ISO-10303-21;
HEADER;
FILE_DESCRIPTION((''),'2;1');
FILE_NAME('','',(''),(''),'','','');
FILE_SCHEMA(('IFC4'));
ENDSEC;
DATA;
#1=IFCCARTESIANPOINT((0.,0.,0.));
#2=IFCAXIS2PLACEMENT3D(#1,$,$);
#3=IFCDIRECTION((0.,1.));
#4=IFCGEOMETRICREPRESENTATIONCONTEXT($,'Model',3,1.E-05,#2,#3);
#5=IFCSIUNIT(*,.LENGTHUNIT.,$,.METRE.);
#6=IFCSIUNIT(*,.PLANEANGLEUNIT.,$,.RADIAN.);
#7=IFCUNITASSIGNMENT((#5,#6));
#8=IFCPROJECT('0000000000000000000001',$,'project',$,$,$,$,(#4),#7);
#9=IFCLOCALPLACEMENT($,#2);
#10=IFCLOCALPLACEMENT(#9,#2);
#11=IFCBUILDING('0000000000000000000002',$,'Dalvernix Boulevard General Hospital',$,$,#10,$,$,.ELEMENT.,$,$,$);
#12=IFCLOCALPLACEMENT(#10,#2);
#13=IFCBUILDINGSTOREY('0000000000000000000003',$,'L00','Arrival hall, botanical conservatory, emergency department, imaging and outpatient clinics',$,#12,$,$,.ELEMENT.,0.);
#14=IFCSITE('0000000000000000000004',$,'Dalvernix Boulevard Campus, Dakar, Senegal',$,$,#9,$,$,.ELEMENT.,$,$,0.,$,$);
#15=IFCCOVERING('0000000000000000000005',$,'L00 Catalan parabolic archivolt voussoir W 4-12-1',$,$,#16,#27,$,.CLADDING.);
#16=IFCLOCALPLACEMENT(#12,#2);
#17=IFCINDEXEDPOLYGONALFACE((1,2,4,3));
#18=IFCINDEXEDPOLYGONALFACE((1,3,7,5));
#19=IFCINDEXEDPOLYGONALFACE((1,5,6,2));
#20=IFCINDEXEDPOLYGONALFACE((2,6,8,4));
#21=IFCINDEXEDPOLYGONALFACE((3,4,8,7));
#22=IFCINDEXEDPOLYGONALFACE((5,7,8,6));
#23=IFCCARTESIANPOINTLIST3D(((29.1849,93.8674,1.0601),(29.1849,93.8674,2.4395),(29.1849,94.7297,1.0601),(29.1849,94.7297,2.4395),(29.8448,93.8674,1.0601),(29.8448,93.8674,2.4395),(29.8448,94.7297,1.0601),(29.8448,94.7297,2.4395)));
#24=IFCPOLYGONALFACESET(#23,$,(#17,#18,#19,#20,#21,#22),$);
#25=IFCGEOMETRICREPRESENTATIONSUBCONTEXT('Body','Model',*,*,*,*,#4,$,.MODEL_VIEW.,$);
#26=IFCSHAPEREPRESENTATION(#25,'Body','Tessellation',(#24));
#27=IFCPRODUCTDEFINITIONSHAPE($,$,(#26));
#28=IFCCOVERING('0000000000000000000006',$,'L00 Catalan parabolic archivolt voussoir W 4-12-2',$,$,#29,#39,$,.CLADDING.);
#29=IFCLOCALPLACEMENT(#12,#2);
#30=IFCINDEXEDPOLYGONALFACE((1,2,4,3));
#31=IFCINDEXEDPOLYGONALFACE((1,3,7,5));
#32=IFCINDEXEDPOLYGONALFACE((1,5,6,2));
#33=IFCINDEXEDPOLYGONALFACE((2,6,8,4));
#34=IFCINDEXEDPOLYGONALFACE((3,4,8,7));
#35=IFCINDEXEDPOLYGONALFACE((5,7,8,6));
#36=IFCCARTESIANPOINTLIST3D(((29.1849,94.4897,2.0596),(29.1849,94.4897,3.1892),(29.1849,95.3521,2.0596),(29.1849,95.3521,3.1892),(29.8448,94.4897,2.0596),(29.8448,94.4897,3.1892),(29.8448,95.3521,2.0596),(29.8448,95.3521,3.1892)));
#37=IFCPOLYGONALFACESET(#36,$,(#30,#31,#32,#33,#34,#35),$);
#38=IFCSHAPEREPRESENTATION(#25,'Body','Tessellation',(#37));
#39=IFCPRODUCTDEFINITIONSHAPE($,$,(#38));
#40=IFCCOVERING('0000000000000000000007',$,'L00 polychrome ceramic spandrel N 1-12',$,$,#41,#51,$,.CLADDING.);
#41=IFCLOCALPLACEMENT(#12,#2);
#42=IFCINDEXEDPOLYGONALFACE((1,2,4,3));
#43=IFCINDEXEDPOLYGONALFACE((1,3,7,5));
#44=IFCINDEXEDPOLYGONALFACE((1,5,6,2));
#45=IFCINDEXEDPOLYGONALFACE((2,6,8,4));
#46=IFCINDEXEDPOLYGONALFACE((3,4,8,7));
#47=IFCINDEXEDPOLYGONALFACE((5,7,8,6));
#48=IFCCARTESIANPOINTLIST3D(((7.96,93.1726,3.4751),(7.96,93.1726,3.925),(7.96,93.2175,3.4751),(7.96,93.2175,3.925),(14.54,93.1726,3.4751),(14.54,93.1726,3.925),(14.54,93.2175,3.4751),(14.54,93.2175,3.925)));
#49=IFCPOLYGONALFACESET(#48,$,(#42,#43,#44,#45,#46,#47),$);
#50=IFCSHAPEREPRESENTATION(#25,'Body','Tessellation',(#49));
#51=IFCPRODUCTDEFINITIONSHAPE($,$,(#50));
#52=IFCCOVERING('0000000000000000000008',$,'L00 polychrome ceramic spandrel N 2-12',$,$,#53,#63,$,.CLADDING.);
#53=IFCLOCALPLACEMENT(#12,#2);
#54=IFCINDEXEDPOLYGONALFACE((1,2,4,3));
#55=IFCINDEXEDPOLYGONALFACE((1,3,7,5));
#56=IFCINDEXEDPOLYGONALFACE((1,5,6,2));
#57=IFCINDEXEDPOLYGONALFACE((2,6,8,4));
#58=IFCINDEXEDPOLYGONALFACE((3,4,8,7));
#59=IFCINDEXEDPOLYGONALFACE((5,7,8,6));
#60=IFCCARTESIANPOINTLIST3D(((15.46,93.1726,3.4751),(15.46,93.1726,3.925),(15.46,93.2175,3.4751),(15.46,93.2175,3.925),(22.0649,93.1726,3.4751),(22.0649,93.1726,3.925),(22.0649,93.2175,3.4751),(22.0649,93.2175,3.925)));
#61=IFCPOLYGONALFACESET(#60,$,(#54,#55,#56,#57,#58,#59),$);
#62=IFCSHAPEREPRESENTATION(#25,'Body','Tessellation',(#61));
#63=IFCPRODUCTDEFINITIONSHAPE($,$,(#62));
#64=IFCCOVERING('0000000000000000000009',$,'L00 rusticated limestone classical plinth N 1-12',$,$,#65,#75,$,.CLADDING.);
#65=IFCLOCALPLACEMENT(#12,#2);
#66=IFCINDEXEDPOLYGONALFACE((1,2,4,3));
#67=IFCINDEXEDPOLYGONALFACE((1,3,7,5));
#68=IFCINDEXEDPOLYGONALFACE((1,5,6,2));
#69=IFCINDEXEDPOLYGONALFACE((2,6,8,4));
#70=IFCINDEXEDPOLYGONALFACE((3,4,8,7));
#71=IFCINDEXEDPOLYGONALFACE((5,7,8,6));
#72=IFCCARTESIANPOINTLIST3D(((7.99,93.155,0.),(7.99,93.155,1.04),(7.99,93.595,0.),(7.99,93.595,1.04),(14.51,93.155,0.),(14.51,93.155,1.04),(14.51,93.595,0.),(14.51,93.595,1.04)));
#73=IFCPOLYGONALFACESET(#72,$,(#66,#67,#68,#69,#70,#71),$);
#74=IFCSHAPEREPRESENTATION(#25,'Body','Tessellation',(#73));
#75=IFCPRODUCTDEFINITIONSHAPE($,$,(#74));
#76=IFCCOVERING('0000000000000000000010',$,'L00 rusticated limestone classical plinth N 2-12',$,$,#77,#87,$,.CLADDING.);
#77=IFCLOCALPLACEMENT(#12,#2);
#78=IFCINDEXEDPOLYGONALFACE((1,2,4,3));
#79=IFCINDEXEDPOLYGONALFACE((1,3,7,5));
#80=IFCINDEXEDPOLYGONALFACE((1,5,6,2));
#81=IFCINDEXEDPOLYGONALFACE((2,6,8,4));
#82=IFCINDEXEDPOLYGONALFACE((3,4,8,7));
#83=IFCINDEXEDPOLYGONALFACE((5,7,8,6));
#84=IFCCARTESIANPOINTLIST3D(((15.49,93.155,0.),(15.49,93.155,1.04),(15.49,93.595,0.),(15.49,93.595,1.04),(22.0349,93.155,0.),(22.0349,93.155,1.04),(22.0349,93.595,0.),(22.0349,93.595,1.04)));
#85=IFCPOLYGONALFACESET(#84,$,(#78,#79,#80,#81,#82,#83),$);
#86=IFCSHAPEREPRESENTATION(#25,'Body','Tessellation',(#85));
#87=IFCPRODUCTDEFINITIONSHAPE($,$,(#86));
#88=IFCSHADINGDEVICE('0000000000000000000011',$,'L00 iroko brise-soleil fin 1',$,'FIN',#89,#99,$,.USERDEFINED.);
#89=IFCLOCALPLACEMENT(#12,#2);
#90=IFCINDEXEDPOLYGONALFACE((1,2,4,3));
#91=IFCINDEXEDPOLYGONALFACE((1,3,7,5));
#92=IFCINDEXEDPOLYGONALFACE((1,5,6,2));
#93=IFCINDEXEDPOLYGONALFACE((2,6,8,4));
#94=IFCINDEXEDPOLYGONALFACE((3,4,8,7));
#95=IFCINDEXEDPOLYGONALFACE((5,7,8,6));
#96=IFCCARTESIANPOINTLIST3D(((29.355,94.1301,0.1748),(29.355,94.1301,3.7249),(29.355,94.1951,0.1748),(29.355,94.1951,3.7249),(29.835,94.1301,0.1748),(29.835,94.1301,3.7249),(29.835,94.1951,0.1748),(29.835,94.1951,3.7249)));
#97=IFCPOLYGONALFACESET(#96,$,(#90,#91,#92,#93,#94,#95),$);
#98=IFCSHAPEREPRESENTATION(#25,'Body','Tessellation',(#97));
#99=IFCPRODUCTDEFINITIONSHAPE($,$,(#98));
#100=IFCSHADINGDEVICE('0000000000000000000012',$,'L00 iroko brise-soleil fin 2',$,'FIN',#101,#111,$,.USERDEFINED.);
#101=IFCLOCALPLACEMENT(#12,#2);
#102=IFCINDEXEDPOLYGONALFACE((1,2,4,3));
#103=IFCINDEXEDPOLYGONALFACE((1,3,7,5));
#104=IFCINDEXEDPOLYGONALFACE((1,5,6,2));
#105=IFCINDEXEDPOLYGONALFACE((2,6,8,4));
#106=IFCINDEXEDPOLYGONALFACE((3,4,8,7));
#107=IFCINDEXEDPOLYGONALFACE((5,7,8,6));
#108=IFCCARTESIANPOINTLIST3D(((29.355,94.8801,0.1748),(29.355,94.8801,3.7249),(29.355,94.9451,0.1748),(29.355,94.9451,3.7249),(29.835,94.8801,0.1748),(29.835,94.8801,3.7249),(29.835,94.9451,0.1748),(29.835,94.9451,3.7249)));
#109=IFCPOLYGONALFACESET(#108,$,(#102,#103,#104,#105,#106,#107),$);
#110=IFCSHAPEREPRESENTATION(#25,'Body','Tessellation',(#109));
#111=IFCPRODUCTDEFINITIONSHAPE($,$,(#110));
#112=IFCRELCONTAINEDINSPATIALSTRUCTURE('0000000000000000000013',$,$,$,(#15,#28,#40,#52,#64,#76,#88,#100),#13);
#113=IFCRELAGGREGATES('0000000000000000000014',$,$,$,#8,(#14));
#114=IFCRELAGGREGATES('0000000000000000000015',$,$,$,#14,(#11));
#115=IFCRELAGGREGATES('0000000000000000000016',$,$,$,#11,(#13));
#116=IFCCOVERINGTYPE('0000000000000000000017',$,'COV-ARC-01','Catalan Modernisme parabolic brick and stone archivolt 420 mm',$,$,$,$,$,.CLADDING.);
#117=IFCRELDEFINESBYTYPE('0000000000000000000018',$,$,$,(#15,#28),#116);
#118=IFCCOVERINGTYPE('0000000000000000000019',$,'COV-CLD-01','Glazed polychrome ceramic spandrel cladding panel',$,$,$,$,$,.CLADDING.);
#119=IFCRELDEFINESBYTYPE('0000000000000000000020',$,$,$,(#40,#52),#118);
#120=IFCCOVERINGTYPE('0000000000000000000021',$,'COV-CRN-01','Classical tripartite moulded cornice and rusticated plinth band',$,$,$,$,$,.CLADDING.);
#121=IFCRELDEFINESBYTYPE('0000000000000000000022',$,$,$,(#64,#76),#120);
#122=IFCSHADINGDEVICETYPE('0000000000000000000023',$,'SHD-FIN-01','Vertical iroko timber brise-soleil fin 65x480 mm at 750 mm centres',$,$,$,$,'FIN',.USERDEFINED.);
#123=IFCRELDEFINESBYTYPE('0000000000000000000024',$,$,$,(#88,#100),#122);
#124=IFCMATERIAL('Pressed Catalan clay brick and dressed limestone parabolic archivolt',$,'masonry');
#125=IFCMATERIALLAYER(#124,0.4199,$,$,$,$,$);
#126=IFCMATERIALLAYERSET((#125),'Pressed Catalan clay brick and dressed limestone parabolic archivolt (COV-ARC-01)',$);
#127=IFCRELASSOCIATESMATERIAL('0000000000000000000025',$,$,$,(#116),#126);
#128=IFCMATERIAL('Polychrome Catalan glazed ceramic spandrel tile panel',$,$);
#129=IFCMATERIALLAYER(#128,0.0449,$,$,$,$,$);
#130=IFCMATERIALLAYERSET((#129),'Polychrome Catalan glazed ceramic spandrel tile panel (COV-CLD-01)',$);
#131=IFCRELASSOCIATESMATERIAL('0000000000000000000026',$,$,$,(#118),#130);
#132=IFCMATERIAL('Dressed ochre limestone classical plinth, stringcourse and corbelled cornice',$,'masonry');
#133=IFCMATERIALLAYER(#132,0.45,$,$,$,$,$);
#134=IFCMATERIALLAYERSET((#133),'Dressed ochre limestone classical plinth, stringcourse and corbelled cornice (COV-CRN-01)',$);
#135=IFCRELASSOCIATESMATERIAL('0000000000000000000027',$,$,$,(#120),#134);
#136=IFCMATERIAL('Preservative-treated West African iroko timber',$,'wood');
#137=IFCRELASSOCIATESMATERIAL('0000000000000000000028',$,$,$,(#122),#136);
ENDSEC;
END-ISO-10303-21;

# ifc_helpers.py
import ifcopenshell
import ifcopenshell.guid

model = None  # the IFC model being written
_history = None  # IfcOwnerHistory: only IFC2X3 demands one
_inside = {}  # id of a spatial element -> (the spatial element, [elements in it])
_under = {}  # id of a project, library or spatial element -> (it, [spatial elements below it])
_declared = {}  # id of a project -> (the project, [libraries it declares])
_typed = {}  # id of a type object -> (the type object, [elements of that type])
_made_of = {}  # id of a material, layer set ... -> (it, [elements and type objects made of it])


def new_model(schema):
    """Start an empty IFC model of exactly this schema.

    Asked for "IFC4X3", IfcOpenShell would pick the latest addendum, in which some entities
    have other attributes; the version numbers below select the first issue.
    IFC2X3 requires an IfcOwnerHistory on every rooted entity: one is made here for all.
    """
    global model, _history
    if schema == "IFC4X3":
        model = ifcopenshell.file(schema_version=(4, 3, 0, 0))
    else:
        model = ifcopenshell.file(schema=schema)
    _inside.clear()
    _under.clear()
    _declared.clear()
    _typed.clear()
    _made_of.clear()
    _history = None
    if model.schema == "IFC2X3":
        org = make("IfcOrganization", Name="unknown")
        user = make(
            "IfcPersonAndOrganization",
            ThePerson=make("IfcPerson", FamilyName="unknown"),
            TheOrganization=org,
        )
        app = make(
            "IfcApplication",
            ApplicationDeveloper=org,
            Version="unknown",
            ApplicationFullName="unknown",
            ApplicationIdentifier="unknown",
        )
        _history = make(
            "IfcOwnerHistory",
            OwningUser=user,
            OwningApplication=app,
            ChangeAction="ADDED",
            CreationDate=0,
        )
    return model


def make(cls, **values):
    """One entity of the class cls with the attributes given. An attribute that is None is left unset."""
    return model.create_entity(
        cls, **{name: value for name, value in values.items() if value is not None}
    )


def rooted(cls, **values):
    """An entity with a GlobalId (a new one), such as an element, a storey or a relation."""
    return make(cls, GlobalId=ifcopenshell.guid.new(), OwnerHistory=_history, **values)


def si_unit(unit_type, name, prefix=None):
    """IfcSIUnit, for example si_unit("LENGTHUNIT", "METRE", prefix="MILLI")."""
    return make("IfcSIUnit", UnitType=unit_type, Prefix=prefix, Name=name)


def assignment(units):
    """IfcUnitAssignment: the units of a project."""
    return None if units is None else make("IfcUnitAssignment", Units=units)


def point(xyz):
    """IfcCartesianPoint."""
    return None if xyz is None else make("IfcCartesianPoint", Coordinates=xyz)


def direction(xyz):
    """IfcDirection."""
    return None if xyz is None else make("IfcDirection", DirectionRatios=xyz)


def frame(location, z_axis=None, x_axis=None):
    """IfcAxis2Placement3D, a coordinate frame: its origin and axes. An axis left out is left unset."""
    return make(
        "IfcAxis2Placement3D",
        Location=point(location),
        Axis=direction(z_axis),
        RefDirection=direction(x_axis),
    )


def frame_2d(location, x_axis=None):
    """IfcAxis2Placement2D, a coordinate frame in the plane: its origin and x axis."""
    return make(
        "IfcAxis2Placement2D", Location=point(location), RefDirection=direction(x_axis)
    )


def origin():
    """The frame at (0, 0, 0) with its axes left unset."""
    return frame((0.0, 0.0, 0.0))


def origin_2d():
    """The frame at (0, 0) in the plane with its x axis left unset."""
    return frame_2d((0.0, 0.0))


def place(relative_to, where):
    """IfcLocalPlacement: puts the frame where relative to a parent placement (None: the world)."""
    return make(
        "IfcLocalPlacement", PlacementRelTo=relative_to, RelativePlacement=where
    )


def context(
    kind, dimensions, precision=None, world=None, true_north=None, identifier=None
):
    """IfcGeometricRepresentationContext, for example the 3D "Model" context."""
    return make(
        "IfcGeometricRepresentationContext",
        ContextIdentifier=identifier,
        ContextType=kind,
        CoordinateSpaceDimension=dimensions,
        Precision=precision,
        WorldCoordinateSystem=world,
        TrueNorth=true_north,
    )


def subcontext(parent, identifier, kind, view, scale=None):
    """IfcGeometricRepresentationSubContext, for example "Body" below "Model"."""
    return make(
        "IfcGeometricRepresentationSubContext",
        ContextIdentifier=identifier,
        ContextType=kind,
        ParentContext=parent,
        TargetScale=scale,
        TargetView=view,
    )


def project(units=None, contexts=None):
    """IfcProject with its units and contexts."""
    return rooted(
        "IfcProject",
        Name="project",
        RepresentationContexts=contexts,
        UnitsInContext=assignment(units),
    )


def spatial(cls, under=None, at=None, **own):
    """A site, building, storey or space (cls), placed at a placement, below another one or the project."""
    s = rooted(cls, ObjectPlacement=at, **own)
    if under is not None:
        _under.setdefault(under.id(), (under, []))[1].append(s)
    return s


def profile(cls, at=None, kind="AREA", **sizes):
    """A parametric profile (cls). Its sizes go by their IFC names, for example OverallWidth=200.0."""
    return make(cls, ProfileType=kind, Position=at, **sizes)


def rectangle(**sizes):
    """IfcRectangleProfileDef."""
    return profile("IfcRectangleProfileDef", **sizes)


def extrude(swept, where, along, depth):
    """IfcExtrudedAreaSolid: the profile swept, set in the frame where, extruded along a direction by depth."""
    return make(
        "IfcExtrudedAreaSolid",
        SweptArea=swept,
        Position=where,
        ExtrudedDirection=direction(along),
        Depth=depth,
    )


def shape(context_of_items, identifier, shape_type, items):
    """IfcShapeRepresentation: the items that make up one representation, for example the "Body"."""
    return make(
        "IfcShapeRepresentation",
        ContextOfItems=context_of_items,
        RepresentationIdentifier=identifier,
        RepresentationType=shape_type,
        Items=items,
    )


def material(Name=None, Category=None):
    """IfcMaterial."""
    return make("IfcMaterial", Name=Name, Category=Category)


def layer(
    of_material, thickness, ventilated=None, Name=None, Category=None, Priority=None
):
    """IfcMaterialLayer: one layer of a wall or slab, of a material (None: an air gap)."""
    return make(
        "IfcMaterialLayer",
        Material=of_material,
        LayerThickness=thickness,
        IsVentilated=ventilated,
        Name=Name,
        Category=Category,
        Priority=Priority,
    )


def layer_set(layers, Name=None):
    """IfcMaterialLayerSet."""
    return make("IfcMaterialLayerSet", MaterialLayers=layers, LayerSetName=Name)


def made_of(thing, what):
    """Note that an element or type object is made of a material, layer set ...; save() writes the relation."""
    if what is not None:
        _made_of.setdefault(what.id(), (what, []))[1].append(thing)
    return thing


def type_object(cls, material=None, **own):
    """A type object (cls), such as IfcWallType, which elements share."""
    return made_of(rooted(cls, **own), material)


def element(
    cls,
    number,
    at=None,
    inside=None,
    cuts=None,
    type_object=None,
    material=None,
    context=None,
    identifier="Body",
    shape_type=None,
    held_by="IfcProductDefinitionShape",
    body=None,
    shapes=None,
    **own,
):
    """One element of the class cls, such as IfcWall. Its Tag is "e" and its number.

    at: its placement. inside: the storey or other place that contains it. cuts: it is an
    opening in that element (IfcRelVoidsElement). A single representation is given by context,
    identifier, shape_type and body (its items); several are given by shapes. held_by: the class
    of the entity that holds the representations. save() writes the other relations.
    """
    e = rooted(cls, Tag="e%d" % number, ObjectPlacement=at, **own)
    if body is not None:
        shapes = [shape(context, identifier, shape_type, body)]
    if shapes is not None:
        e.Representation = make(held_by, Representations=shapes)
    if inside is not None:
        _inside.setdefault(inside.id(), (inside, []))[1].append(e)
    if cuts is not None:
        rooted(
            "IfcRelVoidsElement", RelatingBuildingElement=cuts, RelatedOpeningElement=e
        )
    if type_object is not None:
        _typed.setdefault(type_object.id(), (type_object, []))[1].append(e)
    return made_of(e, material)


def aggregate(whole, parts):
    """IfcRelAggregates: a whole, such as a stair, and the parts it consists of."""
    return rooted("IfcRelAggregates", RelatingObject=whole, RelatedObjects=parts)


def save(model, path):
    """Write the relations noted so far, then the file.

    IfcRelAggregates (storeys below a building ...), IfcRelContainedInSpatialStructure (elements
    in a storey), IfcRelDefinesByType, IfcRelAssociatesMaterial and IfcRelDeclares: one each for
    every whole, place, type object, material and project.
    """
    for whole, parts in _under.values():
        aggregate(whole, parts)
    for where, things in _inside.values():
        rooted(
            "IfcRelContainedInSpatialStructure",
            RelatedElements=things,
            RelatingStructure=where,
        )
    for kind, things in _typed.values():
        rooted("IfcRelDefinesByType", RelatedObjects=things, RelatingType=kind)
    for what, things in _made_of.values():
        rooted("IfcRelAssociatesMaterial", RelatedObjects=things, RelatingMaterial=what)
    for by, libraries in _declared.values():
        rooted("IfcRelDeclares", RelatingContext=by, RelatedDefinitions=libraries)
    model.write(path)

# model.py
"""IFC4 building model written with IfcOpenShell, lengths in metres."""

from ifc_helpers import new_model, si_unit, direction, frame, origin, origin_2d, place, context, subcontext, project, spatial, rectangle, extrude, material, layer, layer_set, type_object, element, save


model = new_model("IFC4")

# Units and contexts
model_context = context("Model", 3, precision=1e-05, world=origin(), true_north=direction((0.0, 1.0)))
body_context = subcontext(model_context, "Body", "Model", "MODEL_VIEW")
ifc_project = project(units=[si_unit("LENGTHUNIT", "METRE"), si_unit("PLANEANGLEUNIT", "RADIAN")], contexts=[model_context])

# Site, building, storey
site_placement = place(None, origin())
site = spatial("IfcSite", under=ifc_project, at=site_placement, Name="Dalvernix Boulevard Campus, Dakar, Senegal", CompositionType="ELEMENT", RefElevation=0.0)
building_placement = place(site_placement, origin())
building = spatial("IfcBuilding", under=site, at=building_placement, Name="Dalvernix Boulevard General Hospital", CompositionType="ELEMENT")
storey_placement = place(building_placement, origin())
storey = spatial("IfcBuildingStorey", under=building, at=storey_placement, Name="L00", Description="Arrival hall, botanical conservatory, emergency department, imaging and outpatient clinics", CompositionType="ELEMENT", Elevation=0.0)

# Coverings
ifc_material_1 = material(Name="Pressed Catalan clay brick and dressed limestone parabolic archivolt", Category="masonry")
ifc_layer_1 = layer(ifc_material_1, 0.4199)
ifc_layer_set_1 = layer_set([ifc_layer_1], Name="Pressed Catalan clay brick and dressed limestone parabolic archivolt (COV-ARC-01)")
covering_type_1 = type_object("IfcCoveringType", Name="COV-ARC-01", Description="Catalan Modernisme parabolic brick and stone archivolt 420 mm", PredefinedType="CLADDING", material=ifc_layer_set_1)
covering_1_placement = place(storey_placement, frame((29.5149, 94.2986, 1.0601), z_axis=(0.0, 0.0, 1.0), x_axis=(0.0, 1.0, 0.0)))
element("IfcCovering", 1, at=covering_1_placement, inside=storey, type_object=covering_type_1, Name="L00 Catalan parabolic archivolt voussoir W 4-12-1", PredefinedType="CLADDING", context=body_context, shape_type="SweptSolid", body=[
    extrude(rectangle(XDim=0.8623, YDim=0.6599, at=origin_2d()), origin(), (0.0, 0.0, 1.0), 1.3794),
])
covering_2_placement = place(storey_placement, frame((29.5149, 94.9209, 2.0596), z_axis=(0.0, 0.0, 1.0), x_axis=(0.0, 1.0, 0.0)))
element("IfcCovering", 2, at=covering_2_placement, inside=storey, type_object=covering_type_1, Name="L00 Catalan parabolic archivolt voussoir W 4-12-2", PredefinedType="CLADDING", context=body_context, shape_type="SweptSolid", body=[
    extrude(rectangle(XDim=0.8623, YDim=0.6599, at=origin_2d()), origin(), (0.0, 0.0, 1.0), 1.1296),
])
ifc_material_2 = material(Name="Polychrome Catalan glazed ceramic spandrel tile panel")
ifc_layer_2 = layer(ifc_material_2, 0.0449)
ifc_layer_set_2 = layer_set([ifc_layer_2], Name="Polychrome Catalan glazed ceramic spandrel tile panel (COV-CLD-01)")
covering_type_2 = type_object("IfcCoveringType", Name="COV-CLD-01", Description="Glazed polychrome ceramic spandrel cladding panel", PredefinedType="CLADDING", material=ifc_layer_set_2)
covering_3_placement = place(storey_placement, frame((11.25, 93.1951, 3.4751), z_axis=(0.0, 0.0, 1.0), x_axis=(1.0, 0.0, 0.0)))
element("IfcCovering", 3, at=covering_3_placement, inside=storey, type_object=covering_type_2, Name="L00 polychrome ceramic spandrel N 1-12", PredefinedType="CLADDING", context=body_context, shape_type="SweptSolid", body=[
    extrude(rectangle(XDim=6.5801, YDim=0.0449, at=origin_2d()), origin(), (0.0, 0.0, 1.0), 0.45),
])
covering_4_placement = place(storey_placement, frame((18.7625, 93.1951, 3.4751), z_axis=(0.0, 0.0, 1.0), x_axis=(1.0, 0.0, 0.0)))
element("IfcCovering", 4, at=covering_4_placement, inside=storey, type_object=covering_type_2, Name="L00 polychrome ceramic spandrel N 2-12", PredefinedType="CLADDING", context=body_context, shape_type="SweptSolid", body=[
    extrude(rectangle(XDim=6.605, YDim=0.0449, at=origin_2d()), origin(), (0.0, 0.0, 1.0), 0.45),
])
ifc_material_3 = material(Name="Dressed ochre limestone classical plinth, stringcourse and corbelled cornice", Category="masonry")
ifc_layer_3 = layer(ifc_material_3, 0.45)
ifc_layer_set_3 = layer_set([ifc_layer_3], Name="Dressed ochre limestone classical plinth, stringcourse and corbelled cornice (COV-CRN-01)")
covering_type_3 = type_object("IfcCoveringType", Name="COV-CRN-01", Description="Classical tripartite moulded cornice and rusticated plinth band", PredefinedType="CLADDING", material=ifc_layer_set_3)
covering_5_placement = place(storey_placement, frame((11.25, 93.375, 0.0), z_axis=(0.0, 0.0, 1.0), x_axis=(1.0, 0.0, 0.0)))
element("IfcCovering", 5, at=covering_5_placement, inside=storey, type_object=covering_type_3, Name="L00 rusticated limestone classical plinth N 1-12", PredefinedType="CLADDING", context=body_context, shape_type="SweptSolid", body=[
    extrude(rectangle(XDim=6.52, YDim=0.4399, at=origin_2d()), origin(), (0.0, 0.0, 1.0), 1.04),
])
covering_6_placement = place(storey_placement, frame((18.7625, 93.375, 0.0), z_axis=(0.0, 0.0, 1.0), x_axis=(1.0, 0.0, 0.0)))
element("IfcCovering", 6, at=covering_6_placement, inside=storey, type_object=covering_type_3, Name="L00 rusticated limestone classical plinth N 2-12", PredefinedType="CLADDING", context=body_context, shape_type="SweptSolid", body=[
    extrude(rectangle(XDim=6.5449, YDim=0.4399, at=origin_2d()), origin(), (0.0, 0.0, 1.0), 1.04),
])

# Shading devices
ifc_material_4 = material(Name="Preservative-treated West African iroko timber", Category="wood")
shading_device_type = type_object("IfcShadingDeviceType", Name="SHD-FIN-01", Description="Vertical iroko timber brise-soleil fin 65x480 mm at 750 mm centres", ElementType="FIN", PredefinedType="USERDEFINED", material=ifc_material_4)
for number, where, z_axis, x_axis, name in (
    (7, (29.595, 94.1626, 0.1748), (0.0, 0.0, 1.0), (0.0, 1.0, 0.0), "L00 iroko brise-soleil fin 1"),
    (8, (29.595, 94.9126, 0.1748), (0.0, 0.0, 1.0), (0.0, 1.0, 0.0), "L00 iroko brise-soleil fin 2"),
):
    element("IfcShadingDevice", number, at=place(storey_placement, frame(where, z_axis=z_axis, x_axis=x_axis)), inside=storey, type_object=shading_device_type, Name=name, ObjectType="FIN", PredefinedType="USERDEFINED", context=body_context, shape_type="SweptSolid", body=[
        extrude(rectangle(XDim=0.0649, YDim=0.48, at=origin_2d()), origin(), (0.0, 0.0, 1.0), 3.55),
    ])

save(model, "model.ifc")
